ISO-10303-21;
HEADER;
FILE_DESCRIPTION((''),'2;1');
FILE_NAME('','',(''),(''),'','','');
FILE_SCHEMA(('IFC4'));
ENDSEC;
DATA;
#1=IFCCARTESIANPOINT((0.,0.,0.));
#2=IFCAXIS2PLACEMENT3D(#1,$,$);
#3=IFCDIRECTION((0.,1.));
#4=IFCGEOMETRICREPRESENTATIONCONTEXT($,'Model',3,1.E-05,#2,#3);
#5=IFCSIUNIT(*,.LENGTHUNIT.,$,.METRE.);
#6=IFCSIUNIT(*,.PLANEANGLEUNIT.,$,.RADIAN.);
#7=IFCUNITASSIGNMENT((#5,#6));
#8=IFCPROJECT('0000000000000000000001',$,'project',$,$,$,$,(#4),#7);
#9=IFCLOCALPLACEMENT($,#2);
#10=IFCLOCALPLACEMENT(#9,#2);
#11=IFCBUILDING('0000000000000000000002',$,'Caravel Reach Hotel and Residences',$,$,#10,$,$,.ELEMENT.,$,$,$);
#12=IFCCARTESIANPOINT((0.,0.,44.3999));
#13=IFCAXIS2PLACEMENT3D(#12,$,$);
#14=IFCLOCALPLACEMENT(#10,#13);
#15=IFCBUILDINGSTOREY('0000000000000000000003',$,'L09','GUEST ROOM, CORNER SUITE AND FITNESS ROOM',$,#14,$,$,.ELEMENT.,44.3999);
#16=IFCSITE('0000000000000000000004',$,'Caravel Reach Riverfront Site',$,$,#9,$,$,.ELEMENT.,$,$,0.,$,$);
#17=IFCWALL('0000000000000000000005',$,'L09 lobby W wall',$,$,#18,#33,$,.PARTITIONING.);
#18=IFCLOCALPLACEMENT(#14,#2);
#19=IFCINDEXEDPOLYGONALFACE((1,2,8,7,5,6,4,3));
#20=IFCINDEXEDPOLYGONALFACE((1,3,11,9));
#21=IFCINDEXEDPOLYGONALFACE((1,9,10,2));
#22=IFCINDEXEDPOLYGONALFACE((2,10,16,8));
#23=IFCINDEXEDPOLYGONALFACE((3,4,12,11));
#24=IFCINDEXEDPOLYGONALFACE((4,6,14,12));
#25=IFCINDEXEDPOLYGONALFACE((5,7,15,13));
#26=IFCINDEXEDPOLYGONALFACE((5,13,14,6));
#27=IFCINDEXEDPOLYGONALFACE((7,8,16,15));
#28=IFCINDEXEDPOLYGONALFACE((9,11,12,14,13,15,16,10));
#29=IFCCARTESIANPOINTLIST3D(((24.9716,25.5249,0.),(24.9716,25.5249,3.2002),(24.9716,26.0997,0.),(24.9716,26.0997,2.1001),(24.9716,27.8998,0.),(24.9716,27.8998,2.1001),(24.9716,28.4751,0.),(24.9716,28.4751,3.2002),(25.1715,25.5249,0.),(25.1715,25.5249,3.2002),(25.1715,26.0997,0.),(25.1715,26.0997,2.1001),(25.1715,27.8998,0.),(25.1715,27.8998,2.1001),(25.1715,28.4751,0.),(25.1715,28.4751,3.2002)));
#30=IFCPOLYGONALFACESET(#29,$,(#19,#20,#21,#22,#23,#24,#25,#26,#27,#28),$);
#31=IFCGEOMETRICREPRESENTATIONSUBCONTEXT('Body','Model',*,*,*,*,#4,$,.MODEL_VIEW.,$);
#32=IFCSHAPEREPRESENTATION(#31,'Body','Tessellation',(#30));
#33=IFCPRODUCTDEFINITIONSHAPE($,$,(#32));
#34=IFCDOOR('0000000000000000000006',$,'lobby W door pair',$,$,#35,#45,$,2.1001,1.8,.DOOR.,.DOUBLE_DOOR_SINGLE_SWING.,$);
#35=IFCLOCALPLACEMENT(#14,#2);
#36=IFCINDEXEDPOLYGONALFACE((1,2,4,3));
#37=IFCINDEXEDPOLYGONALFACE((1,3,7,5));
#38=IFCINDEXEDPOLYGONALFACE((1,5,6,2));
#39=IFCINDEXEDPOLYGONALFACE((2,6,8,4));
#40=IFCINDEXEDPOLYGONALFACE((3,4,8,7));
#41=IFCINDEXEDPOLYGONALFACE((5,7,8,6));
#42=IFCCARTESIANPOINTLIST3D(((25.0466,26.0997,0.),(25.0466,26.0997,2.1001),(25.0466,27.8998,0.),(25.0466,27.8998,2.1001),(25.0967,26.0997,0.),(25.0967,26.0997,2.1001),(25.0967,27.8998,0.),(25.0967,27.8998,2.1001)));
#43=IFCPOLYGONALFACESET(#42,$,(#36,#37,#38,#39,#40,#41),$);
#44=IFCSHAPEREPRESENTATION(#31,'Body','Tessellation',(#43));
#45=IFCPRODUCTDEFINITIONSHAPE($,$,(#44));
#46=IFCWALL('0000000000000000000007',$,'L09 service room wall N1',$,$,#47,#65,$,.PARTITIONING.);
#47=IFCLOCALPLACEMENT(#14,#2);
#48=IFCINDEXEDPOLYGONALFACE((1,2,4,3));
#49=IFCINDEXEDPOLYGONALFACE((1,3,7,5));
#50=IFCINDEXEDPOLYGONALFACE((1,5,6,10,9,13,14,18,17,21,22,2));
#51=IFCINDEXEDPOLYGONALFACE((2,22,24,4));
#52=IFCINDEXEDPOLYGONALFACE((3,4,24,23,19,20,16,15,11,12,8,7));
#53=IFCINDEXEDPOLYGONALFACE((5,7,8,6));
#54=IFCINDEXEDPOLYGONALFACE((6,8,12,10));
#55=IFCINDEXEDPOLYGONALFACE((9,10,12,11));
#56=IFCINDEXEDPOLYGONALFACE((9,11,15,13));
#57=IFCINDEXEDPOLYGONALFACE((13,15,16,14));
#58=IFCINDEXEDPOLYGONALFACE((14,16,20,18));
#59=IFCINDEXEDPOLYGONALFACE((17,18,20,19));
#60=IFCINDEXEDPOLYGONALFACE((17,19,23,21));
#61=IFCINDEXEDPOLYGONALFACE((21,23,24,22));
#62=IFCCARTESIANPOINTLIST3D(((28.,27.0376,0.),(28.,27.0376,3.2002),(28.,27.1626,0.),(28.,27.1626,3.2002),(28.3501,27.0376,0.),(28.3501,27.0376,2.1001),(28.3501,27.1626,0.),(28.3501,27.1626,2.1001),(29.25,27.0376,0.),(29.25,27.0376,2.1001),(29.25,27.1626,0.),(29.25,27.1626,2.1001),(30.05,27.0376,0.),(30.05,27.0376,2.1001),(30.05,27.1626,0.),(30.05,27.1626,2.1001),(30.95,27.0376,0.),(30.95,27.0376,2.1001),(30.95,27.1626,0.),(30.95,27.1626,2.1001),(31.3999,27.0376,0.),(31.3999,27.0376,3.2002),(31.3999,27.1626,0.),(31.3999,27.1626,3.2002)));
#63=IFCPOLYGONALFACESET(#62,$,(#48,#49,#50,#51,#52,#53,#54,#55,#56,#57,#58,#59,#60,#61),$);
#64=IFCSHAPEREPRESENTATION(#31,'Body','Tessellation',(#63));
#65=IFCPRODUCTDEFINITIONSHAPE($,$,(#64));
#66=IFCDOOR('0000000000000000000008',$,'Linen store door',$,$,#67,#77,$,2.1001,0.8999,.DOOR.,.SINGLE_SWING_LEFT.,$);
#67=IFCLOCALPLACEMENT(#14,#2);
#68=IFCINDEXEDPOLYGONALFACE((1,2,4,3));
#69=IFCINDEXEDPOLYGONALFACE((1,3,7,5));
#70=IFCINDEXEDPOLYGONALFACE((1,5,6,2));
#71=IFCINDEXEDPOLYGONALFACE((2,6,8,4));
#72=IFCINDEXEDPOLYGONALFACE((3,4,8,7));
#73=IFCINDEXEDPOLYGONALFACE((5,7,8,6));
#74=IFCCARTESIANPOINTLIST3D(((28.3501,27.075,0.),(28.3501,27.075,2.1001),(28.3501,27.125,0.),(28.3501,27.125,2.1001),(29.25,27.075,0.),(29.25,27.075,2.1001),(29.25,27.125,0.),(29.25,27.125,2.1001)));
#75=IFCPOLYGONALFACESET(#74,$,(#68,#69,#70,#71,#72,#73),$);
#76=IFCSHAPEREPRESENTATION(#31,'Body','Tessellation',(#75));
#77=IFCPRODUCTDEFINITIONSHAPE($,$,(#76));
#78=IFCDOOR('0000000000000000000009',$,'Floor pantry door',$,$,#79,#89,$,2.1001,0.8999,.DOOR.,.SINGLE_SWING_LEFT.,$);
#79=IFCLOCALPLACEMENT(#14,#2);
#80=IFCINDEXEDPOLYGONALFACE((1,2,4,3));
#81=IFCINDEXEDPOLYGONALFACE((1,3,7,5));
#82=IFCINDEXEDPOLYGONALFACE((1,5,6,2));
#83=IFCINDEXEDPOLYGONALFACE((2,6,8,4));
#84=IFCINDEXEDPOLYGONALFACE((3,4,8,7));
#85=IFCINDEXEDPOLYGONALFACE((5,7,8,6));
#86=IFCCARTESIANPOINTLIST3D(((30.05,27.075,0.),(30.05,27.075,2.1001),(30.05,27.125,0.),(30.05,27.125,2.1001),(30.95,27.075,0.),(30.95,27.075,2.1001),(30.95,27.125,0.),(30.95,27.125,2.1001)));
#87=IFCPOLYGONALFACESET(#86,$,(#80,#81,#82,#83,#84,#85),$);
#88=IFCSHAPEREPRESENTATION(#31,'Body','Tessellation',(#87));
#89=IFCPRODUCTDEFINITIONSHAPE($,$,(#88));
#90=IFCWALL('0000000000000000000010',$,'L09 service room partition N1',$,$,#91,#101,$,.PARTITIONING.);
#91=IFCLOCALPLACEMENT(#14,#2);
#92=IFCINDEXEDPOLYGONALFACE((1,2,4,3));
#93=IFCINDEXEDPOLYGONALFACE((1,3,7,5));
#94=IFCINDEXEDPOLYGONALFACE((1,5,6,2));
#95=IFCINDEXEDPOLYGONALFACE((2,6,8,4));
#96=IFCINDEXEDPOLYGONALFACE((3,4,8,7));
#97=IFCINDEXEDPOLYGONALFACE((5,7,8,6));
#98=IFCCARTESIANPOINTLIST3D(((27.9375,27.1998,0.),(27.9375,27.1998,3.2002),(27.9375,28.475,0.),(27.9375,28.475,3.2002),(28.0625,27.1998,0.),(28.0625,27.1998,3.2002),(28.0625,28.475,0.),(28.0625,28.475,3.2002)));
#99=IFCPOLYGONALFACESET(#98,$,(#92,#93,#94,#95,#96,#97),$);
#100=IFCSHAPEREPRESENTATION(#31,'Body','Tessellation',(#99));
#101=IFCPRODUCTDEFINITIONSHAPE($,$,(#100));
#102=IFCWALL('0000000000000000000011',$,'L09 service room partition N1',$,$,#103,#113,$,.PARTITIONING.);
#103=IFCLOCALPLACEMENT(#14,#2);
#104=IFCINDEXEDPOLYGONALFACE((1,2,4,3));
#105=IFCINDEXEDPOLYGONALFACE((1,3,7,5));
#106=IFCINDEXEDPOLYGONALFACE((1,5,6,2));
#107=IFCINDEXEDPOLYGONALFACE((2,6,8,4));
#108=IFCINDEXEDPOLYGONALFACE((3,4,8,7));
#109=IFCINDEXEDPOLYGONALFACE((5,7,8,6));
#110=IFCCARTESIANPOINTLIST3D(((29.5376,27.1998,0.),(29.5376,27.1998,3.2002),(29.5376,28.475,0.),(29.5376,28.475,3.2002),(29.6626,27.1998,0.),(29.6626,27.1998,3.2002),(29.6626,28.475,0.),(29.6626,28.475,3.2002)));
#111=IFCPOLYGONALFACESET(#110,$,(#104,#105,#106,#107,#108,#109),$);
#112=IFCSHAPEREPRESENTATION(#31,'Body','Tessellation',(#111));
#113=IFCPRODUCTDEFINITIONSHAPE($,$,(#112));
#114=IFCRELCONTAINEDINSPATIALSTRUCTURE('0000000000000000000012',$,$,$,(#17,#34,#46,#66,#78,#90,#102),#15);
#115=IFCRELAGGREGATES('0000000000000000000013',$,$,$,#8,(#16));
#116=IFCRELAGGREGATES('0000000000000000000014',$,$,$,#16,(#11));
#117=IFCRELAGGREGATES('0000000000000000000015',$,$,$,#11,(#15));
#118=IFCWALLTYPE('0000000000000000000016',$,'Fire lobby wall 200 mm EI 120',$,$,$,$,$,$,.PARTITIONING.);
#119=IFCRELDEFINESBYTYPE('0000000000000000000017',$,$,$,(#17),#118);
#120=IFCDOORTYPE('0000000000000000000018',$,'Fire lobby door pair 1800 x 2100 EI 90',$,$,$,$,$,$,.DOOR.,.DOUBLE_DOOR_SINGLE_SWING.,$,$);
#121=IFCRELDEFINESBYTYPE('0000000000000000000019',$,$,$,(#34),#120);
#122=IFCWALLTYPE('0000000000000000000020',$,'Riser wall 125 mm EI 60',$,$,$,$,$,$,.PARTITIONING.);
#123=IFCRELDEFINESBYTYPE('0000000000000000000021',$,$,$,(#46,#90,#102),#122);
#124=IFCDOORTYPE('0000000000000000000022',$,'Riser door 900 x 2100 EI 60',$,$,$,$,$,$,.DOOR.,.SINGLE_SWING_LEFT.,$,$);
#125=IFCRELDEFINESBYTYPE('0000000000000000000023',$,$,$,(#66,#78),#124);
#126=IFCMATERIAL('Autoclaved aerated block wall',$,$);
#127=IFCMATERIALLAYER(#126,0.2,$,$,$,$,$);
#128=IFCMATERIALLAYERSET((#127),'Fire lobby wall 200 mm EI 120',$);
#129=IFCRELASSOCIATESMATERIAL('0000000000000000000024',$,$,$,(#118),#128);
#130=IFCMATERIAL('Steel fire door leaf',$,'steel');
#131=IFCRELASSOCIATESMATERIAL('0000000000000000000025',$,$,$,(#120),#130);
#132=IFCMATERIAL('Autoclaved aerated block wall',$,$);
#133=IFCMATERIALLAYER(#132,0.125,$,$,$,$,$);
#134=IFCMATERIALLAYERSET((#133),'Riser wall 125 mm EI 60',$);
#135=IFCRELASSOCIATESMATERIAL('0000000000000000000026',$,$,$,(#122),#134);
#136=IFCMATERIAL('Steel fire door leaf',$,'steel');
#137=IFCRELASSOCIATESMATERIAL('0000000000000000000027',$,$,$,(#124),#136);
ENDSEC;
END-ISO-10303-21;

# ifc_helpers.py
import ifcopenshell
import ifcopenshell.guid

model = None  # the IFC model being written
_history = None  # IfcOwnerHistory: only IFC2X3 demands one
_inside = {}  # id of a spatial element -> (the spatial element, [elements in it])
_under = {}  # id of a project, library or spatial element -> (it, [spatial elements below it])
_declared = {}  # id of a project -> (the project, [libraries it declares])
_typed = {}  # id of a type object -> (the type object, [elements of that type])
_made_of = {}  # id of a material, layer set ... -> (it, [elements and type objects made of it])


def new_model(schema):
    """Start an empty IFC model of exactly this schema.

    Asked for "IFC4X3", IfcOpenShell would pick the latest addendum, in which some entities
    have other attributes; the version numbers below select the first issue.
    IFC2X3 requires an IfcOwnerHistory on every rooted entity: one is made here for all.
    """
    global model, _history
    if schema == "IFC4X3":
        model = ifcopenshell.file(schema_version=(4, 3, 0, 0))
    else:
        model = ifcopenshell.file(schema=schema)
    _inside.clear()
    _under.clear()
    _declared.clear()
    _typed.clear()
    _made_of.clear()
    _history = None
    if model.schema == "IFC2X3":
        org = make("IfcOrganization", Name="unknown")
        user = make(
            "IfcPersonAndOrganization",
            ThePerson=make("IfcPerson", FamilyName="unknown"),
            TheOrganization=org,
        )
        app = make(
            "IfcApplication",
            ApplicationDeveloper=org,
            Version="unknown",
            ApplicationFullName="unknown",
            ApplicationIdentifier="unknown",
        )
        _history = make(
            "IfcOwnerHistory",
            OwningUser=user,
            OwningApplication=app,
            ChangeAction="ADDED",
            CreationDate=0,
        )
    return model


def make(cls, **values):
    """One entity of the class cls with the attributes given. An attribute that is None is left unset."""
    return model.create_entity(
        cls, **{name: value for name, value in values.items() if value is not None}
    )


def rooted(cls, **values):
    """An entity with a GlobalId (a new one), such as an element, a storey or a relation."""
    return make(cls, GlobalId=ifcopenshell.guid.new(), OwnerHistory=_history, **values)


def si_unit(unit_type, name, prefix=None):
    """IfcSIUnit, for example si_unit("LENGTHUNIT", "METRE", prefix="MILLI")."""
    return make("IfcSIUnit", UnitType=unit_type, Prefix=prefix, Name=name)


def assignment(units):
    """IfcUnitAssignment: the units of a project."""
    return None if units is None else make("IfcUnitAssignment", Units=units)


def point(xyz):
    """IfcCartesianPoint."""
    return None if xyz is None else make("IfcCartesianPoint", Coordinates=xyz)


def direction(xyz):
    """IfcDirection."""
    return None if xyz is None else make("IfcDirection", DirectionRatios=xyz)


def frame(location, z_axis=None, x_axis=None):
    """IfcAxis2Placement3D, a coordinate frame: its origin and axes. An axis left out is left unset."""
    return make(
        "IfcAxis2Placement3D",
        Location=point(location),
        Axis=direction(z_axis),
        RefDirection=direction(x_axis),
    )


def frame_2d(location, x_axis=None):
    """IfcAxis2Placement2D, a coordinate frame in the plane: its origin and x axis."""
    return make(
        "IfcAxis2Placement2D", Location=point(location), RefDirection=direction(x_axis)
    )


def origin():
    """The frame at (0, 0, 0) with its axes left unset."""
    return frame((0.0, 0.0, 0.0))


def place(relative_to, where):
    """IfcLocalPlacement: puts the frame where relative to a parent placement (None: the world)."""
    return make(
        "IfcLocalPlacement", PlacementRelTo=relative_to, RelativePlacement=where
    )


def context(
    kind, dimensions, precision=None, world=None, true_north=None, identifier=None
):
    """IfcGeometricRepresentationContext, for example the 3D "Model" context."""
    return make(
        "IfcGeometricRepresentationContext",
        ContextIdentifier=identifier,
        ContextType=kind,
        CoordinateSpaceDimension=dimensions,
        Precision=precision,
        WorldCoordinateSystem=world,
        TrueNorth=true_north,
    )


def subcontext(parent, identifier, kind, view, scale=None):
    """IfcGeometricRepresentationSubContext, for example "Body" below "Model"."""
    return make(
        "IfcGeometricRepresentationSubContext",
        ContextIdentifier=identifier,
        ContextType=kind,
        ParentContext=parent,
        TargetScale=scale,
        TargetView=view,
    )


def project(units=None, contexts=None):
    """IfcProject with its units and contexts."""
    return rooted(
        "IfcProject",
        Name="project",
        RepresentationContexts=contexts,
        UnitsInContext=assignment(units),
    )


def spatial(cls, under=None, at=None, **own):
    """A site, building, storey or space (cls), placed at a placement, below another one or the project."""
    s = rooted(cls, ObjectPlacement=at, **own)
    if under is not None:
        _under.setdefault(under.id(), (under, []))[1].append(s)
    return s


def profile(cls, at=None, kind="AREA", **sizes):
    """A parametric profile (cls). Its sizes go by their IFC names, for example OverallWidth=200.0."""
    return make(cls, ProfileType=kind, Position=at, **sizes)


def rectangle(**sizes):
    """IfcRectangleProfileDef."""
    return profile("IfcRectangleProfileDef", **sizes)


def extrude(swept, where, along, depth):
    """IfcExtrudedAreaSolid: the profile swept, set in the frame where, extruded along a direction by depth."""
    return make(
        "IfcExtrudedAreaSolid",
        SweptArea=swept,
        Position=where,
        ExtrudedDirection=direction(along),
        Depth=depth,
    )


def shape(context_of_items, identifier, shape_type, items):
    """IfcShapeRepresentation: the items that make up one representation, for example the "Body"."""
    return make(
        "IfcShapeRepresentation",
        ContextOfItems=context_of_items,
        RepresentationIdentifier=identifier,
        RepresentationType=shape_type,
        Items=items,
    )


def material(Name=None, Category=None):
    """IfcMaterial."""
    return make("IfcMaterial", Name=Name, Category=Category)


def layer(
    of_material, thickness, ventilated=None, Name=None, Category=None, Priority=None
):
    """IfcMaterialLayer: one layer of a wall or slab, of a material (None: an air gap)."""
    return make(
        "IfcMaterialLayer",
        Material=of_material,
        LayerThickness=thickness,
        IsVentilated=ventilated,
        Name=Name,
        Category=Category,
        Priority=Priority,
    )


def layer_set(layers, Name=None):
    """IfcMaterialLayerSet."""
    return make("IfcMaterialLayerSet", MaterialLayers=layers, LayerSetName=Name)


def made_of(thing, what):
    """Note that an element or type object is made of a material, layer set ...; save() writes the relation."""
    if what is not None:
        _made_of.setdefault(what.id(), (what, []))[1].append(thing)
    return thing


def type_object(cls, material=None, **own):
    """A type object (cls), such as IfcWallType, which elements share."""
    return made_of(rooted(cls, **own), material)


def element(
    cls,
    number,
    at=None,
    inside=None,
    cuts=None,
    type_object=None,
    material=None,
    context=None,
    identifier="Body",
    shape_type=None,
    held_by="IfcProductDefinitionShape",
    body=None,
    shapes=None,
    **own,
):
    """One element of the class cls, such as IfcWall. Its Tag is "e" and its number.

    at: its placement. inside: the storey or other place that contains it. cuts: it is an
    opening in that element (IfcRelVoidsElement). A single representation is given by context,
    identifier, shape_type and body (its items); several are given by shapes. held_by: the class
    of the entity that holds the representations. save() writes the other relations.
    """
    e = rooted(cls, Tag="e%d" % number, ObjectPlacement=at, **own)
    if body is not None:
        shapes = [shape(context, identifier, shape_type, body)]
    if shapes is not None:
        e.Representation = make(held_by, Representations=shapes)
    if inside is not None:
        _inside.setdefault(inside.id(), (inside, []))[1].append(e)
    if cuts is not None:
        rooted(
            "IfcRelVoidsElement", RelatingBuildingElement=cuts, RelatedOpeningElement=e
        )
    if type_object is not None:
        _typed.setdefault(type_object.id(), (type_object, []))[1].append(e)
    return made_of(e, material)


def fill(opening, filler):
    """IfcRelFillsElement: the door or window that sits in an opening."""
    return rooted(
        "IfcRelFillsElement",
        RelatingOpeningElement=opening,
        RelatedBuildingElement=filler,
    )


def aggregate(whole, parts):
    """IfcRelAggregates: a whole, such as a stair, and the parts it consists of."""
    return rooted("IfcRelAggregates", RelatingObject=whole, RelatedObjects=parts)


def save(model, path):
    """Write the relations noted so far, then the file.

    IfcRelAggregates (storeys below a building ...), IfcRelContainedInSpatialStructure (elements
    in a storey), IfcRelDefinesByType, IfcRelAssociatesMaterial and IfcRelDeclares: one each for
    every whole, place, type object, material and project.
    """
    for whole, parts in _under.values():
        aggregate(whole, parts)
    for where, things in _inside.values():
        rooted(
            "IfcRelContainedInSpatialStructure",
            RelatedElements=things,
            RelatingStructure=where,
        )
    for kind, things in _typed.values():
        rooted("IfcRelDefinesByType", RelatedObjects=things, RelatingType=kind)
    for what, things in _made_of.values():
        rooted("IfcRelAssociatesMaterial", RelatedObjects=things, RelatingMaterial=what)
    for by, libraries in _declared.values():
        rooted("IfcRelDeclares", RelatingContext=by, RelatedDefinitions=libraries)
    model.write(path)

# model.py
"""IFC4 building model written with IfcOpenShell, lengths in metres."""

from ifc_helpers import new_model, si_unit, direction, frame, frame_2d, origin, place, context, subcontext, project, spatial, rectangle, extrude, material, layer, layer_set, type_object, element, fill, save


model = new_model("IFC4")

# Units and contexts
model_context = context("Model", 3, precision=1e-05, world=origin(), true_north=direction((0.0, 1.0)))
body_context = subcontext(model_context, "Body", "Model", "MODEL_VIEW")
ifc_project = project(units=[si_unit("LENGTHUNIT", "METRE"), si_unit("PLANEANGLEUNIT", "RADIAN")], contexts=[model_context])

# Site, building, storey
site_placement = place(None, origin())
site = spatial("IfcSite", under=ifc_project, at=site_placement, Name="Caravel Reach Riverfront Site", CompositionType="ELEMENT", RefElevation=0.0)
building_placement = place(site_placement, origin())
building = spatial("IfcBuilding", under=site, at=building_placement, Name="Caravel Reach Hotel and Residences", CompositionType="ELEMENT")
storey_placement = place(building_placement, frame((0.0, 0.0, 44.3999)))
storey = spatial("IfcBuildingStorey", under=building, at=storey_placement, Name="L09", Description="GUEST ROOM, CORNER SUITE AND FITNESS ROOM", CompositionType="ELEMENT", Elevation=44.3999)

# Wall, opening, door
ifc_material_1 = material(Name="Autoclaved aerated block wall")
ifc_layer_1 = layer(ifc_material_1, 0.2)
ifc_layer_set_1 = layer_set([ifc_layer_1], Name="Fire lobby wall 200 mm EI 120")
wall_type_1 = type_object("IfcWallType", Name="Fire lobby wall 200 mm EI 120", PredefinedType="PARTITIONING", material=ifc_layer_set_1)
wall_1_placement = place(storey_placement, frame((25.0715, 25.5249, 0.0), z_axis=(0.0, 0.0, 1.0), x_axis=(0.0, 1.0, 0.0)))
wall_1 = element("IfcWall", 1, at=wall_1_placement, inside=storey, type_object=wall_type_1, Name="L09 lobby W wall", PredefinedType="PARTITIONING", context=body_context, shape_type="SweptSolid", body=[
    extrude(rectangle(XDim=2.9502, YDim=0.2, at=frame_2d((1.4751, 0.0))), origin(), (0.0, 0.0, 1.0), 3.2002),
])
opening_1_placement = place(wall_1_placement, frame((0.575, 0.0, 0.0)))
opening_1 = element("IfcOpeningElement", 2, at=opening_1_placement, cuts=wall_1, PredefinedType="OPENING", context=body_context, shape_type="SweptSolid", body=[
    extrude(rectangle(XDim=1.8, YDim=2.1001, at=frame_2d((0.8999, 1.05))), frame((0.0, 0.1099, 0.0), z_axis=(0.0, -1.0, 0.0), x_axis=(1.0, 0.0, 0.0)), (0.0, 0.0, 1.0), 0.22),
])
ifc_material_2 = material(Name="Steel fire door leaf", Category="steel")
door_type_1 = type_object("IfcDoorType", Name="Fire lobby door pair 1800 x 2100 EI 90", OperationType="DOUBLE_DOOR_SINGLE_SWING", PredefinedType="DOOR", material=ifc_material_2)
door_1_placement = place(opening_1_placement, origin())
door_1 = element("IfcDoor", 3, at=door_1_placement, inside=storey, type_object=door_type_1, Name="lobby W door pair", OperationType="DOUBLE_DOOR_SINGLE_SWING", OverallHeight=2.1001, OverallWidth=1.8, PredefinedType="DOOR", context=body_context, shape_type="SweptSolid", body=[
    extrude(rectangle(XDim=1.8, YDim=2.1001, at=frame_2d((0.8999, 1.05))), frame((0.0, 0.0249, 0.0), z_axis=(0.0, -1.0, 0.0), x_axis=(1.0, 0.0, 0.0)), (0.0, 0.0, 1.0), 0.05),
])
fill(opening_1, door_1)

# Wall, openings, doors
ifc_material_3 = material(Name="Autoclaved aerated block wall")
ifc_layer_2 = layer(ifc_material_3, 0.125)
ifc_layer_set_2 = layer_set([ifc_layer_2], Name="Riser wall 125 mm EI 60")
wall_type_2 = type_object("IfcWallType", Name="Riser wall 125 mm EI 60", PredefinedType="PARTITIONING", material=ifc_layer_set_2)
wall_2_placement = place(storey_placement, frame((28.0, 27.1001, 0.0), z_axis=(0.0, 0.0, 1.0), x_axis=(1.0, 0.0, 0.0)))
wall_2 = element("IfcWall", 4, at=wall_2_placement, inside=storey, type_object=wall_type_2, Name="L09 service room wall N1", PredefinedType="PARTITIONING", context=body_context, shape_type="SweptSolid", body=[
    extrude(rectangle(XDim=3.3999, YDim=0.125, at=frame_2d((1.7, 0.0))), origin(), (0.0, 0.0, 1.0), 3.2002),
])
opening_2_placement = place(wall_2_placement, frame((0.3501, 0.0, 0.0)))
opening_2 = element("IfcOpeningElement", 5, at=opening_2_placement, cuts=wall_2, PredefinedType="OPENING", context=body_context, shape_type="SweptSolid", body=[
    extrude(rectangle(XDim=0.8999, YDim=2.1001, at=frame_2d((0.45, 1.05))), frame((0.0, 0.0725, 0.0), z_axis=(0.0, -1.0, 0.0), x_axis=(1.0, 0.0, 0.0)), (0.0, 0.0, 1.0), 0.145),
])
opening_3_placement = place(wall_2_placement, frame((2.05, 0.0, 0.0)))
opening_3 = element("IfcOpeningElement", 6, at=opening_3_placement, cuts=wall_2, PredefinedType="OPENING", context=body_context, shape_type="SweptSolid", body=[
    extrude(rectangle(XDim=0.8999, YDim=2.1001, at=frame_2d((0.45, 1.05))), frame((0.0, 0.0725, 0.0), z_axis=(0.0, -1.0, 0.0), x_axis=(1.0, 0.0, 0.0)), (0.0, 0.0, 1.0), 0.145),
])
ifc_material_4 = material(Name="Steel fire door leaf", Category="steel")
door_type_2 = type_object("IfcDoorType", Name="Riser door 900 x 2100 EI 60", OperationType="SINGLE_SWING_LEFT", PredefinedType="DOOR", material=ifc_material_4)
door_2_placement = place(opening_2_placement, origin())
door_2 = element("IfcDoor", 7, at=door_2_placement, inside=storey, type_object=door_type_2, Name="Linen store door", OperationType="SINGLE_SWING_LEFT", OverallHeight=2.1001, OverallWidth=0.8999, PredefinedType="DOOR", context=body_context, shape_type="SweptSolid", body=[
    extrude(rectangle(XDim=0.8999, YDim=2.1001, at=frame_2d((0.45, 1.05))), frame((0.0, 0.0249, 0.0), z_axis=(0.0, -1.0, 0.0), x_axis=(1.0, 0.0, 0.0)), (0.0, 0.0, 1.0), 0.05),
])
fill(opening_2, door_2)
door_3_placement = place(opening_3_placement, origin())
door_3 = element("IfcDoor", 8, at=door_3_placement, inside=storey, type_object=door_type_2, Name="Floor pantry door", OperationType="SINGLE_SWING_LEFT", OverallHeight=2.1001, OverallWidth=0.8999, PredefinedType="DOOR", context=body_context, shape_type="SweptSolid", body=[
    extrude(rectangle(XDim=0.8999, YDim=2.1001, at=frame_2d((0.45, 1.05))), frame((0.0, 0.0249, 0.0), z_axis=(0.0, -1.0, 0.0), x_axis=(1.0, 0.0, 0.0)), (0.0, 0.0, 1.0), 0.05),
])
fill(opening_3, door_3)

# Walls
for number, where, z_axis, x_axis, name in (
    (9, (28.0, 28.4751, 0.0), (0.0, 0.0, 1.0), (0.0, -1.0, 0.0), "L09 service room partition N1"),
    (10, (29.6001, 28.4751, 0.0), (0.0, 0.0, 1.0), (0.0, -1.0, 0.0), "L09 service room partition N1"),
):
    element("IfcWall", number, at=place(storey_placement, frame(where, z_axis=z_axis, x_axis=x_axis)), inside=storey, type_object=wall_type_2, Name=name, PredefinedType="PARTITIONING", context=body_context, shape_type="SweptSolid", body=[
        extrude(rectangle(XDim=1.2751, YDim=0.125, at=frame_2d((0.6377, 0.0))), origin(), (0.0, 0.0, 1.0), 3.2002),
    ])

save(model, "model.ifc")
